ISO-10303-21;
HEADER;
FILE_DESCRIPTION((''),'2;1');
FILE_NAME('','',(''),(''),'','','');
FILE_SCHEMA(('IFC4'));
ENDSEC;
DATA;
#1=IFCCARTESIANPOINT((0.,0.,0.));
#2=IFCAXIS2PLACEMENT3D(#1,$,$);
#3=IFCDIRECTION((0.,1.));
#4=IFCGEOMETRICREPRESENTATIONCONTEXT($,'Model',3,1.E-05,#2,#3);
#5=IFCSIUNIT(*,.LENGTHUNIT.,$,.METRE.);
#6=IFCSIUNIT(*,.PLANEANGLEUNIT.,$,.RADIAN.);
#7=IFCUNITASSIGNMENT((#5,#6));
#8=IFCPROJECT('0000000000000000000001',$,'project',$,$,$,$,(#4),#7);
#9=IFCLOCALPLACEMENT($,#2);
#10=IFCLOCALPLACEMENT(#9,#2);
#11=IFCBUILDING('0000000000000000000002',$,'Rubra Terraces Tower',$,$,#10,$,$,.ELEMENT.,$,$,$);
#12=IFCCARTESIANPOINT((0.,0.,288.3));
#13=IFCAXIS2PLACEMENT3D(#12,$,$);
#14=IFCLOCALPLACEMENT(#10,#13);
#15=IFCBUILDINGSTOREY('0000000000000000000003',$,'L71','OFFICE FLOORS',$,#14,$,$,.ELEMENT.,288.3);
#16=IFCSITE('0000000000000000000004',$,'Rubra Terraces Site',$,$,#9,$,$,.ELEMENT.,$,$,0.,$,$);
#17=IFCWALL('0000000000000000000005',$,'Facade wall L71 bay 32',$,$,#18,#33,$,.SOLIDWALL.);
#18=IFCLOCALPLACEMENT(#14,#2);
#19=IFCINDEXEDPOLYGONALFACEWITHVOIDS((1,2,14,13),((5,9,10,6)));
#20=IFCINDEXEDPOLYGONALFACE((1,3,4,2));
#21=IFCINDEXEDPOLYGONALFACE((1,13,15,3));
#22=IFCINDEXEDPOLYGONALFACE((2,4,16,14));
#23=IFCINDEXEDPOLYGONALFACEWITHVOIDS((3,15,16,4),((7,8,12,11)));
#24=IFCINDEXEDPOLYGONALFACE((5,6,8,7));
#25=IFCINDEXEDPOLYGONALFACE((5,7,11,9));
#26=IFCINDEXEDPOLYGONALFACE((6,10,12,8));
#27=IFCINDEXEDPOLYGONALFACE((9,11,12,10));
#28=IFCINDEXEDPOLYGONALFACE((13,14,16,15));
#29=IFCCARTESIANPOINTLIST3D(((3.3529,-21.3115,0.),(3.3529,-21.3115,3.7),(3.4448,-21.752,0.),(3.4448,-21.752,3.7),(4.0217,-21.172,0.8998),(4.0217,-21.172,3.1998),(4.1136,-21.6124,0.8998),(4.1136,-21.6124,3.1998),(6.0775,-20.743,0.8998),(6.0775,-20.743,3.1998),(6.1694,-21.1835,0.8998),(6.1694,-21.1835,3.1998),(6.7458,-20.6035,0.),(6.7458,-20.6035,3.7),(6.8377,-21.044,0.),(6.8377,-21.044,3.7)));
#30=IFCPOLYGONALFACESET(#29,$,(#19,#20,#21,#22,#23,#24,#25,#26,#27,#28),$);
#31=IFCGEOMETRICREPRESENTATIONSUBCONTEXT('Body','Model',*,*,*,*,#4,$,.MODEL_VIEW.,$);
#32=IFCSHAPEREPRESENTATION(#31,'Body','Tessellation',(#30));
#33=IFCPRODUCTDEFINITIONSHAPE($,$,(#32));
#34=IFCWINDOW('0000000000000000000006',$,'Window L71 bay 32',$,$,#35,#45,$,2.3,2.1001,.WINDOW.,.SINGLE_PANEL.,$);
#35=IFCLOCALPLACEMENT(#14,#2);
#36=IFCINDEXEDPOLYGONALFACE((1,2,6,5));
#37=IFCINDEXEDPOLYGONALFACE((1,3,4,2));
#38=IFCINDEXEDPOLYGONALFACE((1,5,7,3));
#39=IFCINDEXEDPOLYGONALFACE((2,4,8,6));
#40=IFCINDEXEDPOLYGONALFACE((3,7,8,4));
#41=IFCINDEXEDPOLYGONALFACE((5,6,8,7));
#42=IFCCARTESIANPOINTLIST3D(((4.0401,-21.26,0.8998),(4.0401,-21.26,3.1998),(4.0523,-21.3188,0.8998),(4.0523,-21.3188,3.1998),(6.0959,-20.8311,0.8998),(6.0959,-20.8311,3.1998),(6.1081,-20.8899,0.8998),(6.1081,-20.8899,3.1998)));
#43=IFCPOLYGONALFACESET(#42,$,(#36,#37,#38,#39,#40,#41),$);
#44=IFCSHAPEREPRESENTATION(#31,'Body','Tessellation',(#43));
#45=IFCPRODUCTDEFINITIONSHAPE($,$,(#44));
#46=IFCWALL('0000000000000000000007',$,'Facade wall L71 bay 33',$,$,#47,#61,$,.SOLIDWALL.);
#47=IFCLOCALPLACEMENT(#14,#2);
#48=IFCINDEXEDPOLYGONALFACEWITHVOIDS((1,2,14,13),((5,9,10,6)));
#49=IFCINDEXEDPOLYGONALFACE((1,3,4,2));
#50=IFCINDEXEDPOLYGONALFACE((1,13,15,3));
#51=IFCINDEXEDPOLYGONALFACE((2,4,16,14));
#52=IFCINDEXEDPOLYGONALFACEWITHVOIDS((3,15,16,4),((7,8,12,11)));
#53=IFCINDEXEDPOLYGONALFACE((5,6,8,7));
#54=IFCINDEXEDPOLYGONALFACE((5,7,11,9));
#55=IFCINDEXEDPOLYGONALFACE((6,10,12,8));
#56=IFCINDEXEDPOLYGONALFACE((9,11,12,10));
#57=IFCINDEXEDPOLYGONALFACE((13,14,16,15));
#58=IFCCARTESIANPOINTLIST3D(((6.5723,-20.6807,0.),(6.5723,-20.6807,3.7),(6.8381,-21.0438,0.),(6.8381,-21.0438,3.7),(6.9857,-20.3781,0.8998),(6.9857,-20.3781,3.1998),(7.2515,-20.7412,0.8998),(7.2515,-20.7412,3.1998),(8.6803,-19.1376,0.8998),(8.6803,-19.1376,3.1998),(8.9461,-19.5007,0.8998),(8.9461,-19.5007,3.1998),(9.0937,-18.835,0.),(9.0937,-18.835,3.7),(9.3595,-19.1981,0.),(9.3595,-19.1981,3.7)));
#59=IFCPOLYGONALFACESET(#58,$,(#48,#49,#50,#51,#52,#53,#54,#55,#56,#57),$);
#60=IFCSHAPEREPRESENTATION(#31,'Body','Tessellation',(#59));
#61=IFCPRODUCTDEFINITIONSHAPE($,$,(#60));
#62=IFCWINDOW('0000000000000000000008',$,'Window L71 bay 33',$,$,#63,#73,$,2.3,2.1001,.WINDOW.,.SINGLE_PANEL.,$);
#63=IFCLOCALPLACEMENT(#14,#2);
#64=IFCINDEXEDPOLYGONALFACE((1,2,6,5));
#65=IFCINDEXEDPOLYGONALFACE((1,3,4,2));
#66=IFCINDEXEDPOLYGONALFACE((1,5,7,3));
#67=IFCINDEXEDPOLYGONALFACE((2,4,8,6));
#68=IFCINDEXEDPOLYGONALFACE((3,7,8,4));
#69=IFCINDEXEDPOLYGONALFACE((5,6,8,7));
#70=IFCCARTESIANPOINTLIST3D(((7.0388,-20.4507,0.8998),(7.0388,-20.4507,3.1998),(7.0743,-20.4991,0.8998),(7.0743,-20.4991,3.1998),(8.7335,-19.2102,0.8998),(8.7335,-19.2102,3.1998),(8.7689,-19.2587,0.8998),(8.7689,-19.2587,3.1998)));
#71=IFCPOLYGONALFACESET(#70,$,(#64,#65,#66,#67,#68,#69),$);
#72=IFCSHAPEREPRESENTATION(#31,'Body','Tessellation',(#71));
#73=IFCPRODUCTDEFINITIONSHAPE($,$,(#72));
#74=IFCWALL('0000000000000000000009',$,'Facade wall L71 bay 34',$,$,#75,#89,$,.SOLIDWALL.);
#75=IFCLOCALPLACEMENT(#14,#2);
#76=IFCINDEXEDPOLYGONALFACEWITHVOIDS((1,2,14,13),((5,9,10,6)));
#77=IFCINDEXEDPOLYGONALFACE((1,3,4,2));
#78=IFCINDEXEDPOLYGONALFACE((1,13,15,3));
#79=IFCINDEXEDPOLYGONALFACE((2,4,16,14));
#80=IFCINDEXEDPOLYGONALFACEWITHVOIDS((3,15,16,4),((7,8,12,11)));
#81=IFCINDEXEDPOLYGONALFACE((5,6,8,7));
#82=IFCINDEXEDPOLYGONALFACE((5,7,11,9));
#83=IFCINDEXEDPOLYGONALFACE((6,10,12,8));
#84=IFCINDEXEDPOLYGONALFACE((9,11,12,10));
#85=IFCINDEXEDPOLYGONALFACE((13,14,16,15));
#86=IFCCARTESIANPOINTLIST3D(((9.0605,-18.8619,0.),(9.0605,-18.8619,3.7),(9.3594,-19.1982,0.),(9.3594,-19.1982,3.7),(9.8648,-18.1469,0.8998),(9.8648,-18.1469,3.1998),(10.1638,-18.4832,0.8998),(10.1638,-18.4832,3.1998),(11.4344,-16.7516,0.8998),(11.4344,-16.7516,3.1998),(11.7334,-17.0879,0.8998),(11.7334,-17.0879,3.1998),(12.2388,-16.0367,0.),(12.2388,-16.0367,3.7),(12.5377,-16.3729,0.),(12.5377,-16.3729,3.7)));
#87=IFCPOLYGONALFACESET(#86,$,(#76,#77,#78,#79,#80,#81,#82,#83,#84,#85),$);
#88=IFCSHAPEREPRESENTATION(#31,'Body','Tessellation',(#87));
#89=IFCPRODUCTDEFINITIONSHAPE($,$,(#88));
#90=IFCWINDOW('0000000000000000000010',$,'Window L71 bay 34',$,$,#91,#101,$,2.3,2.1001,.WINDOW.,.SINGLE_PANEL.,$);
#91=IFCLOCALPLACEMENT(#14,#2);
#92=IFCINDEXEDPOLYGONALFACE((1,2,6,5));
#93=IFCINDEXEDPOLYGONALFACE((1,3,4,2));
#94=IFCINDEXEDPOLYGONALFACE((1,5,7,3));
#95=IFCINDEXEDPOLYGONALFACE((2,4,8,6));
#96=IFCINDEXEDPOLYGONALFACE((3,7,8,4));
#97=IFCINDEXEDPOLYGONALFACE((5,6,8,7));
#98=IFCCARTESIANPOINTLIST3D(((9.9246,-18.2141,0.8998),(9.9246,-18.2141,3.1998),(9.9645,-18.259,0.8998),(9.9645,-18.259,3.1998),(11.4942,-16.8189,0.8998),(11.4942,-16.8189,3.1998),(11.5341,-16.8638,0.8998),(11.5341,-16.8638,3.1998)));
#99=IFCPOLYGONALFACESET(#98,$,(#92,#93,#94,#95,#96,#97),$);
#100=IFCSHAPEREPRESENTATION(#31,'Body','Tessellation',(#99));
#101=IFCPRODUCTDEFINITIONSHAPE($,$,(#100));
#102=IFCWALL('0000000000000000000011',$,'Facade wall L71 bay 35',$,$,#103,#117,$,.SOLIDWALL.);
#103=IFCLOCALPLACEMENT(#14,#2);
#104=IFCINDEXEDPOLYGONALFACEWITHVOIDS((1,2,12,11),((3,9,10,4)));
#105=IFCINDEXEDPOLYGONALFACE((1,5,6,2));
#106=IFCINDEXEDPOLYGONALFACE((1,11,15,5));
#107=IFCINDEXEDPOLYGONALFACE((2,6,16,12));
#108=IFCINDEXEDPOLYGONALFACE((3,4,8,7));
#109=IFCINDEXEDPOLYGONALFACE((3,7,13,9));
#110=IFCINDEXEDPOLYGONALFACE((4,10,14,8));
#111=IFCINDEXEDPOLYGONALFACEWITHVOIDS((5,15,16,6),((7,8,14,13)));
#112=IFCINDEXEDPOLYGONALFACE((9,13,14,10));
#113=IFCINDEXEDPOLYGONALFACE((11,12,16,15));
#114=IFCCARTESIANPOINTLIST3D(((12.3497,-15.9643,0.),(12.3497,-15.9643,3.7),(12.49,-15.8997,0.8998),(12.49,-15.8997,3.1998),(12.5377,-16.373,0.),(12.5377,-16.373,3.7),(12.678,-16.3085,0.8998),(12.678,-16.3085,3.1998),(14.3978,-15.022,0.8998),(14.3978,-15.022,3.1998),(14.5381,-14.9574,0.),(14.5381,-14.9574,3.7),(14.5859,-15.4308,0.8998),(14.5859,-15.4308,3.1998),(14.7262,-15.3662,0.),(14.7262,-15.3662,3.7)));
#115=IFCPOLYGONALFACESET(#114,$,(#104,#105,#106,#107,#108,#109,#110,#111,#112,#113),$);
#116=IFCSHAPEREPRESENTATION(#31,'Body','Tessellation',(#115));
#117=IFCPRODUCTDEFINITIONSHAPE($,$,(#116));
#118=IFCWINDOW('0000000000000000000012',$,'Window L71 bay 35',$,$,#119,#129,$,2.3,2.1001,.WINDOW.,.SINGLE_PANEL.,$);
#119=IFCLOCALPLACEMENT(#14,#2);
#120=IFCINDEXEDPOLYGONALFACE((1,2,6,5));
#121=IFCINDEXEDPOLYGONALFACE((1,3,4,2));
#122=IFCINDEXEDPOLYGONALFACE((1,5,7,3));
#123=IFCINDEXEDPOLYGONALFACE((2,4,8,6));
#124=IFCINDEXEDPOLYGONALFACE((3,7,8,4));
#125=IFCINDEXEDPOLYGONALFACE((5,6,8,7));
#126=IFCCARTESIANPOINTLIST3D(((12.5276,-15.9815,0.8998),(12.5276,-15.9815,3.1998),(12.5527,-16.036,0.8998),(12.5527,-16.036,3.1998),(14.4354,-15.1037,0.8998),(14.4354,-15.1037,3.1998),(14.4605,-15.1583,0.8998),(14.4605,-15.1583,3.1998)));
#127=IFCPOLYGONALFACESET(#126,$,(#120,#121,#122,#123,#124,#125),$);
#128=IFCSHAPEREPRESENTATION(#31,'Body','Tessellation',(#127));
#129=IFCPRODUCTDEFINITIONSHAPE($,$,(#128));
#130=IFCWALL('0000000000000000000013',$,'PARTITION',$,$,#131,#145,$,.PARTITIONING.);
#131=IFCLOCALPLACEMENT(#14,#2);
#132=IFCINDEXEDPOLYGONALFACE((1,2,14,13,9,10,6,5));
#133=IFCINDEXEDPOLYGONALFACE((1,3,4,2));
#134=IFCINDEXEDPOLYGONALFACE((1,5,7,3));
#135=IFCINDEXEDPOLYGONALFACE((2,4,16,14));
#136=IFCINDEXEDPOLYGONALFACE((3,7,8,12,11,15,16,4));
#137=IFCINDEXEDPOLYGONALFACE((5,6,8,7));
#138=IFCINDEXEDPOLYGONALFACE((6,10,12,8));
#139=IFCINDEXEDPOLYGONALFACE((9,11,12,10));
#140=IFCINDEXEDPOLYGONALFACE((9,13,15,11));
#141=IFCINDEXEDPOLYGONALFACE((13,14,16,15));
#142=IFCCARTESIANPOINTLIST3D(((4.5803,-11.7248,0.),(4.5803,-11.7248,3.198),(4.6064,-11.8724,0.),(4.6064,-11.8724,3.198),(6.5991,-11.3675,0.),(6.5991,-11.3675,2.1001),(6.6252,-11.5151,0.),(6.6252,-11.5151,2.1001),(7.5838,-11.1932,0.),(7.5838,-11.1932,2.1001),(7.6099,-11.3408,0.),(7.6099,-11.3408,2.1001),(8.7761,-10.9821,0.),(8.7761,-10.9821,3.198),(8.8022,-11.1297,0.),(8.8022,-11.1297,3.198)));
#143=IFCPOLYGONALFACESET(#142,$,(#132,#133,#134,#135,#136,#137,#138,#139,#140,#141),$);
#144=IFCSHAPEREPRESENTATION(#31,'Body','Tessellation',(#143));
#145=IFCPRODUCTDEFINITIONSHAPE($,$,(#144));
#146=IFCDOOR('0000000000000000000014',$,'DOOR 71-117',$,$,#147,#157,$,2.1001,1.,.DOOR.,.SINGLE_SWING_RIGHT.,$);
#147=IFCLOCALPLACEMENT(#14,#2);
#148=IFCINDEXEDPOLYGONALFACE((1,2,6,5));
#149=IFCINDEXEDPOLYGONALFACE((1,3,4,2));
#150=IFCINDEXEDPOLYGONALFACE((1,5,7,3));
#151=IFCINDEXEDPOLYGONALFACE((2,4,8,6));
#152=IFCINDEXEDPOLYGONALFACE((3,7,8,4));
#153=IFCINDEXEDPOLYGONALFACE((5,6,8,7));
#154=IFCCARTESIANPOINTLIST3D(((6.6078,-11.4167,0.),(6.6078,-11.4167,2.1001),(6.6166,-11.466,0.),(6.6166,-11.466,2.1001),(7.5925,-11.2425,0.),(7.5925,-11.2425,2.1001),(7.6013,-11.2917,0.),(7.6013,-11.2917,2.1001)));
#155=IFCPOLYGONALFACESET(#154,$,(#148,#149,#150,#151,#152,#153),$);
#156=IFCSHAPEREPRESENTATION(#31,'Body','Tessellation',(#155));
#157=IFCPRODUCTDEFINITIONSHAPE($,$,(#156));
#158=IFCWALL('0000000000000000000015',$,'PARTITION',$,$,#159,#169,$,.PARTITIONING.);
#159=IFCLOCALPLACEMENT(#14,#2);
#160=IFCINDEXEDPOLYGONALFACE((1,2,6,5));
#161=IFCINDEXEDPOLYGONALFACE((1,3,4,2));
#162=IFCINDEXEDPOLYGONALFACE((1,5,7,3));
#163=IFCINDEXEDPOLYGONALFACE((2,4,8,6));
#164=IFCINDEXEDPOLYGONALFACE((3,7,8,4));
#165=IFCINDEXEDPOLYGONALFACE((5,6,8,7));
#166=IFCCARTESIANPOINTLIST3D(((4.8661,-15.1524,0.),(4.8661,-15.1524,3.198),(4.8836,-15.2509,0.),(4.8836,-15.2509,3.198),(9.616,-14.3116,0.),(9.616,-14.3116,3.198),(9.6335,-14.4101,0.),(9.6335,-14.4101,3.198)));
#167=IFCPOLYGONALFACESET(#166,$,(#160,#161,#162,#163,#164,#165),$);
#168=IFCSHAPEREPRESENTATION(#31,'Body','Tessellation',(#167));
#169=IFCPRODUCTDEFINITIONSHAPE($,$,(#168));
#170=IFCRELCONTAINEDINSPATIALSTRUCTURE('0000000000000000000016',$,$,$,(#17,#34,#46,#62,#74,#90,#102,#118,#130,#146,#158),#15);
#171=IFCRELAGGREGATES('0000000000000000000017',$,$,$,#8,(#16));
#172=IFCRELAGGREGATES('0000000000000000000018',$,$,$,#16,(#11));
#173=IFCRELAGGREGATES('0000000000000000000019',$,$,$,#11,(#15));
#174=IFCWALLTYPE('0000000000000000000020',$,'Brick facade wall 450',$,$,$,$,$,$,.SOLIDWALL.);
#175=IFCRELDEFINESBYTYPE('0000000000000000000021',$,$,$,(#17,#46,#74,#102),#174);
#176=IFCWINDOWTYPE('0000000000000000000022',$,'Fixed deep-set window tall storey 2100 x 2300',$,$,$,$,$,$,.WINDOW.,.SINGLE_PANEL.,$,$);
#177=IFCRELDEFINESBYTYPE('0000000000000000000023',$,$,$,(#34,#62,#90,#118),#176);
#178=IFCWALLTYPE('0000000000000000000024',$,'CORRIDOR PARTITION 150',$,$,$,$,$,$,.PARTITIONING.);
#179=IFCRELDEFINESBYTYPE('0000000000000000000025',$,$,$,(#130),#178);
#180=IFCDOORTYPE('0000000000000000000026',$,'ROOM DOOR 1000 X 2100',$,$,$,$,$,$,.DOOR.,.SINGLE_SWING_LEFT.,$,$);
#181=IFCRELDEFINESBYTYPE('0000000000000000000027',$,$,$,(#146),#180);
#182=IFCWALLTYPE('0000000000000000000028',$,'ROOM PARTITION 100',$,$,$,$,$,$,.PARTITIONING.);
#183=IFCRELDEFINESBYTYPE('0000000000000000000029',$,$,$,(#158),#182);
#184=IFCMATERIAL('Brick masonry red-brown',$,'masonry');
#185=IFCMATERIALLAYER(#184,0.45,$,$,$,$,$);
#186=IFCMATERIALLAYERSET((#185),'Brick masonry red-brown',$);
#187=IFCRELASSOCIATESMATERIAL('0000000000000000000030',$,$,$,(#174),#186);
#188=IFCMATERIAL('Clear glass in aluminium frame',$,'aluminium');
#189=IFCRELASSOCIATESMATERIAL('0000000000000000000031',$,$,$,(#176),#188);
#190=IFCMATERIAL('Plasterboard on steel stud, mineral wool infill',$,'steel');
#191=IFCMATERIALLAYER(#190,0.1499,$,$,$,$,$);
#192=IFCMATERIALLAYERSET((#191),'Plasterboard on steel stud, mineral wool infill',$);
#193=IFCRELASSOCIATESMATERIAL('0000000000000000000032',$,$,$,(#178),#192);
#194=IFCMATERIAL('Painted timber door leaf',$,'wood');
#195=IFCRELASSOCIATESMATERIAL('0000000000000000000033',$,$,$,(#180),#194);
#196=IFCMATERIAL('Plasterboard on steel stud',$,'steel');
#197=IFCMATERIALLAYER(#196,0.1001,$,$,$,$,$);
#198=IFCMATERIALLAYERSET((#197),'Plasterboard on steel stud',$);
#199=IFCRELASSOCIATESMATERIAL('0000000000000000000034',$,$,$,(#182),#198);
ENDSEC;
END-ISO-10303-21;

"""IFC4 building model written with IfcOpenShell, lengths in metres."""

from ifc_helpers import new_model, si_unit, direction, frame, frame_2d, origin, place, context, subcontext, project, spatial, rectangle, extrude, material, layer, layer_set, type_object, element, fill, save


model = new_model("IFC4")

# Units and contexts
model_context = context("Model", 3, precision=1e-05, world=origin(), true_north=direction((0.0, 1.0)))
body_context = subcontext(model_context, "Body", "Model", "MODEL_VIEW")
ifc_project = project(units=[si_unit("LENGTHUNIT", "METRE"), si_unit("PLANEANGLEUNIT", "RADIAN")], contexts=[model_context])

# Site, building, storey
site_placement = place(None, origin())
site = spatial("IfcSite", under=ifc_project, at=site_placement, Name="Rubra Terraces Site", CompositionType="ELEMENT", RefElevation=0.0)
building_placement = place(site_placement, origin())
building = spatial("IfcBuilding", under=site, at=building_placement, Name="Rubra Terraces Tower", CompositionType="ELEMENT")
storey_placement = place(building_placement, frame((0.0, 0.0, 288.3)))
storey = spatial("IfcBuildingStorey", under=building, at=storey_placement, Name="L71", Description="OFFICE FLOORS", CompositionType="ELEMENT", Elevation=288.3)

# Walls, openings, windows
ifc_material_1 = material(Name="Brick masonry red-brown", Category="masonry")
ifc_layer_1 = layer(ifc_material_1, 0.45)
ifc_layer_set_1 = layer_set([ifc_layer_1], Name="Brick masonry red-brown")
wall_type_1 = type_object("IfcWallType", Name="Brick facade wall 450", PredefinedType="SOLIDWALL", material=ifc_layer_set_1)
wall_1_placement = place(storey_placement, frame((3.3989, -21.5317, 0.0), z_axis=(0.0, 0.0, 1.0), x_axis=(0.978916, 0.204264, 0.0)))
wall_1 = element("IfcWall", 1, at=wall_1_placement, inside=storey, type_object=wall_type_1, Name="Facade wall L71 bay 32", PredefinedType="SOLIDWALL", context=body_context, shape_type="SweptSolid", body=[
    extrude(rectangle(XDim=3.4661, YDim=0.45, at=frame_2d((1.7329, 0.0))), origin(), (0.0, 0.0, 1.0), 3.7),
])
opening_1_placement = place(wall_1_placement, frame((0.6831, 0.0, 0.8999)))
opening_1 = element("IfcOpeningElement", 2, at=opening_1_placement, cuts=wall_1, PredefinedType="OPENING", context=body_context, shape_type="SweptSolid", body=[
    extrude(rectangle(XDim=2.1001, YDim=2.3, at=frame_2d((1.05, 1.1499))), frame((0.0, 0.2349, 0.0), z_axis=(0.0, -1.0, 0.0), x_axis=(1.0, 0.0, 0.0)), (0.0, 0.0, 1.0), 0.47),
])
ifc_material_2 = material(Name="Clear glass in aluminium frame", Category="aluminium")
window_type = type_object("IfcWindowType", Name="Fixed deep-set window tall storey 2100 x 2300", PartitioningType="SINGLE_PANEL", PredefinedType="WINDOW", material=ifc_material_2)
window_1_placement = place(opening_1_placement, origin())
window_1 = element("IfcWindow", 3, at=window_1_placement, inside=storey, type_object=window_type, Name="Window L71 bay 32", OverallHeight=2.3, OverallWidth=2.1001, PartitioningType="SINGLE_PANEL", PredefinedType="WINDOW", context=body_context, shape_type="SweptSolid", body=[
    extrude(rectangle(XDim=2.1001, YDim=2.3, at=frame_2d((1.05, 1.1499))), frame((0.0, 0.135, 0.0), z_axis=(0.0, -1.0, 0.0), x_axis=(1.0, 0.0, 0.0)), (0.0, 0.0, 1.0), 0.0601),
])
fill(opening_1, window_1)
wall_2_placement = place(storey_placement, frame((6.7051, -20.8623, 0.0), z_axis=(0.0, 0.0, 1.0), x_axis=(0.806921, 0.590659, 0.0)))
wall_2 = element("IfcWall", 4, at=wall_2_placement, inside=storey, type_object=wall_type_1, Name="Facade wall L71 bay 33", PredefinedType="SOLIDWALL", context=body_context, shape_type="SweptSolid", body=[
    extrude(rectangle(XDim=3.1248, YDim=0.45, at=frame_2d((1.5625, 0.0))), origin(), (0.0, 0.0, 1.0), 3.7),
])
opening_2_placement = place(wall_2_placement, frame((0.5125, 0.0, 0.8999)))
opening_2 = element("IfcOpeningElement", 5, at=opening_2_placement, cuts=wall_2, PredefinedType="OPENING", context=body_context, shape_type="SweptSolid", body=[
    extrude(rectangle(XDim=2.1001, YDim=2.3, at=frame_2d((1.05, 1.1499))), frame((0.0, 0.2349, 0.0), z_axis=(0.0, -1.0, 0.0), x_axis=(1.0, 0.0, 0.0)), (0.0, 0.0, 1.0), 0.47),
])
window_2_placement = place(opening_2_placement, origin())
window_2 = element("IfcWindow", 6, at=window_2_placement, inside=storey, type_object=window_type, Name="Window L71 bay 33", OverallHeight=2.3, OverallWidth=2.1001, PartitioningType="SINGLE_PANEL", PredefinedType="WINDOW", context=body_context, shape_type="SweptSolid", body=[
    extrude(rectangle(XDim=2.1001, YDim=2.3, at=frame_2d((1.05, 1.1499))), frame((0.0, 0.135, 0.0), z_axis=(0.0, -1.0, 0.0), x_axis=(1.0, 0.0, 0.0)), (0.0, 0.0, 1.0), 0.0601),
])
fill(opening_2, window_2)
wall_3_placement = place(storey_placement, frame((9.21, -19.03, 0.0), z_axis=(0.0, 0.0, 1.0), x_axis=(0.747397, 0.664378, 0.0)))
wall_3 = element("IfcWall", 7, at=wall_3_placement, inside=storey, type_object=wall_type_1, Name="Facade wall L71 bay 34", PredefinedType="SOLIDWALL", context=body_context, shape_type="SweptSolid", body=[
    extrude(rectangle(XDim=4.2524, YDim=0.45, at=frame_2d((2.1262, 0.0))), origin(), (0.0, 0.0, 1.0), 3.7),
])
opening_3_placement = place(wall_3_placement, frame((1.0762, 0.0, 0.8999)))
opening_3 = element("IfcOpeningElement", 8, at=opening_3_placement, cuts=wall_3, PredefinedType="OPENING", context=body_context, shape_type="SweptSolid", body=[
    extrude(rectangle(XDim=2.1001, YDim=2.3, at=frame_2d((1.05, 1.1499))), frame((0.0, 0.2349, 0.0), z_axis=(0.0, -1.0, 0.0), x_axis=(1.0, 0.0, 0.0)), (0.0, 0.0, 1.0), 0.47),
])
window_3_placement = place(opening_3_placement, origin())
window_3 = element("IfcWindow", 9, at=window_3_placement, inside=storey, type_object=window_type, Name="Window L71 bay 34", OverallHeight=2.3, OverallWidth=2.1001, PartitioningType="SINGLE_PANEL", PredefinedType="WINDOW", context=body_context, shape_type="SweptSolid", body=[
    extrude(rectangle(XDim=2.1001, YDim=2.3, at=frame_2d((1.05, 1.1499))), frame((0.0, 0.135, 0.0), z_axis=(0.0, -1.0, 0.0), x_axis=(1.0, 0.0, 0.0)), (0.0, 0.0, 1.0), 0.0601),
])
fill(opening_3, window_3)
wall_4_placement = place(storey_placement, frame((12.4436, -16.1687, 0.0), z_axis=(0.0, 0.0, 1.0), x_axis=(0.908469, 0.417952, 0.0)))
wall_4 = element("IfcWall", 10, at=wall_4_placement, inside=storey, type_object=wall_type_1, Name="Facade wall L71 bay 35", PredefinedType="SOLIDWALL", context=body_context, shape_type="SweptSolid", body=[
    extrude(rectangle(XDim=2.4089, YDim=0.45, at=frame_2d((1.2046, 0.0))), origin(), (0.0, 0.0, 1.0), 3.7),
])
opening_4_placement = place(wall_4_placement, frame((0.1545, 0.0, 0.8999)))
opening_4 = element("IfcOpeningElement", 11, at=opening_4_placement, cuts=wall_4, PredefinedType="OPENING", context=body_context, shape_type="SweptSolid", body=[
    extrude(rectangle(XDim=2.1001, YDim=2.3, at=frame_2d((1.05, 1.1499))), frame((0.0, 0.2349, 0.0), z_axis=(0.0, -1.0, 0.0), x_axis=(1.0, 0.0, 0.0)), (0.0, 0.0, 1.0), 0.47),
])
window_4_placement = place(opening_4_placement, origin())
window_4 = element("IfcWindow", 12, at=window_4_placement, inside=storey, type_object=window_type, Name="Window L71 bay 35", OverallHeight=2.3, OverallWidth=2.1001, PartitioningType="SINGLE_PANEL", PredefinedType="WINDOW", context=body_context, shape_type="SweptSolid", body=[
    extrude(rectangle(XDim=2.1001, YDim=2.3, at=frame_2d((1.05, 1.1499))), frame((0.0, 0.135, 0.0), z_axis=(0.0, -1.0, 0.0), x_axis=(1.0, 0.0, 0.0)), (0.0, 0.0, 1.0), 0.0601),
])
fill(opening_4, window_4)

# Wall, opening, door
ifc_material_3 = material(Name="Plasterboard on steel stud, mineral wool infill", Category="steel")
ifc_layer_2 = layer(ifc_material_3, 0.1499)
ifc_layer_set_2 = layer_set([ifc_layer_2], Name="Plasterboard on steel stud, mineral wool infill")
wall_type_2 = type_object("IfcWallType", Name="CORRIDOR PARTITION 150", PredefinedType="PARTITIONING", material=ifc_layer_set_2)
wall_5_placement = place(storey_placement, frame((4.5935, -11.7986, 0.0), z_axis=(0.0, 0.0, 1.0), x_axis=(0.984693, 0.174295, 0.0)))
wall_5 = element("IfcWall", 13, at=wall_5_placement, inside=storey, type_object=wall_type_2, Name="PARTITION", PredefinedType="PARTITIONING", context=body_context, shape_type="SweptSolid", body=[
    extrude(rectangle(XDim=4.261, YDim=0.1499, at=frame_2d((2.1304, 0.0))), origin(), (0.0, 0.0, 1.0), 3.198),
])
opening_5_placement = place(wall_5_placement, frame((2.05, 0.0, 0.0)))
opening_5 = element("IfcOpeningElement", 14, at=opening_5_placement, cuts=wall_5, PredefinedType="OPENING", context=body_context, shape_type="SweptSolid", body=[
    extrude(rectangle(XDim=1.0, YDim=2.1001, at=frame_2d((0.5, 1.05))), frame((0.0, 0.085, 0.0), z_axis=(0.0, -1.0, 0.0), x_axis=(1.0, 0.0, 0.0)), (0.0, 0.0, 1.0), 0.1699),
])
ifc_material_4 = material(Name="Painted timber door leaf", Category="wood")
door_type_1 = type_object("IfcDoorType", Name="ROOM DOOR 1000 X 2100", OperationType="SINGLE_SWING_LEFT", PredefinedType="DOOR", material=ifc_material_4)
door_1_placement = place(opening_5_placement, origin())
door_1 = element("IfcDoor", 15, at=door_1_placement, inside=storey, type_object=door_type_1, Name="DOOR 71-117", OperationType="SINGLE_SWING_RIGHT", OverallHeight=2.1001, OverallWidth=1.0, PredefinedType="DOOR", context=body_context, shape_type="SweptSolid", body=[
    extrude(rectangle(XDim=1.0, YDim=2.1001, at=frame_2d((0.5, 1.05))), frame((0.0, 0.0249, 0.0), z_axis=(0.0, -1.0, 0.0), x_axis=(1.0, 0.0, 0.0)), (0.0, 0.0, 1.0), 0.05),
])
fill(opening_5, door_1)

# Wall
ifc_material_5 = material(Name="Plasterboard on steel stud", Category="steel")
ifc_layer_3 = layer(ifc_material_5, 0.1001)
ifc_layer_set_3 = layer_set([ifc_layer_3], Name="Plasterboard on steel stud")
wall_type_3 = type_object("IfcWallType", Name="ROOM PARTITION 100", PredefinedType="PARTITIONING", material=ifc_layer_set_3)
wall_6_placement = place(storey_placement, frame((9.6248, -14.3608, 0.0), z_axis=(0.0, 0.0, 1.0), x_axis=(-0.984692, -0.174305, 0.0)))
element("IfcWall", 16, at=wall_6_placement, inside=storey, type_object=wall_type_3, Name="PARTITION", PredefinedType="PARTITIONING", context=body_context, shape_type="SweptSolid", body=[
    extrude(rectangle(XDim=4.8237, YDim=0.1001, at=frame_2d((2.4119, 0.0))), origin(), (0.0, 0.0, 1.0), 3.198),
])

save(model, "model.ifc")
